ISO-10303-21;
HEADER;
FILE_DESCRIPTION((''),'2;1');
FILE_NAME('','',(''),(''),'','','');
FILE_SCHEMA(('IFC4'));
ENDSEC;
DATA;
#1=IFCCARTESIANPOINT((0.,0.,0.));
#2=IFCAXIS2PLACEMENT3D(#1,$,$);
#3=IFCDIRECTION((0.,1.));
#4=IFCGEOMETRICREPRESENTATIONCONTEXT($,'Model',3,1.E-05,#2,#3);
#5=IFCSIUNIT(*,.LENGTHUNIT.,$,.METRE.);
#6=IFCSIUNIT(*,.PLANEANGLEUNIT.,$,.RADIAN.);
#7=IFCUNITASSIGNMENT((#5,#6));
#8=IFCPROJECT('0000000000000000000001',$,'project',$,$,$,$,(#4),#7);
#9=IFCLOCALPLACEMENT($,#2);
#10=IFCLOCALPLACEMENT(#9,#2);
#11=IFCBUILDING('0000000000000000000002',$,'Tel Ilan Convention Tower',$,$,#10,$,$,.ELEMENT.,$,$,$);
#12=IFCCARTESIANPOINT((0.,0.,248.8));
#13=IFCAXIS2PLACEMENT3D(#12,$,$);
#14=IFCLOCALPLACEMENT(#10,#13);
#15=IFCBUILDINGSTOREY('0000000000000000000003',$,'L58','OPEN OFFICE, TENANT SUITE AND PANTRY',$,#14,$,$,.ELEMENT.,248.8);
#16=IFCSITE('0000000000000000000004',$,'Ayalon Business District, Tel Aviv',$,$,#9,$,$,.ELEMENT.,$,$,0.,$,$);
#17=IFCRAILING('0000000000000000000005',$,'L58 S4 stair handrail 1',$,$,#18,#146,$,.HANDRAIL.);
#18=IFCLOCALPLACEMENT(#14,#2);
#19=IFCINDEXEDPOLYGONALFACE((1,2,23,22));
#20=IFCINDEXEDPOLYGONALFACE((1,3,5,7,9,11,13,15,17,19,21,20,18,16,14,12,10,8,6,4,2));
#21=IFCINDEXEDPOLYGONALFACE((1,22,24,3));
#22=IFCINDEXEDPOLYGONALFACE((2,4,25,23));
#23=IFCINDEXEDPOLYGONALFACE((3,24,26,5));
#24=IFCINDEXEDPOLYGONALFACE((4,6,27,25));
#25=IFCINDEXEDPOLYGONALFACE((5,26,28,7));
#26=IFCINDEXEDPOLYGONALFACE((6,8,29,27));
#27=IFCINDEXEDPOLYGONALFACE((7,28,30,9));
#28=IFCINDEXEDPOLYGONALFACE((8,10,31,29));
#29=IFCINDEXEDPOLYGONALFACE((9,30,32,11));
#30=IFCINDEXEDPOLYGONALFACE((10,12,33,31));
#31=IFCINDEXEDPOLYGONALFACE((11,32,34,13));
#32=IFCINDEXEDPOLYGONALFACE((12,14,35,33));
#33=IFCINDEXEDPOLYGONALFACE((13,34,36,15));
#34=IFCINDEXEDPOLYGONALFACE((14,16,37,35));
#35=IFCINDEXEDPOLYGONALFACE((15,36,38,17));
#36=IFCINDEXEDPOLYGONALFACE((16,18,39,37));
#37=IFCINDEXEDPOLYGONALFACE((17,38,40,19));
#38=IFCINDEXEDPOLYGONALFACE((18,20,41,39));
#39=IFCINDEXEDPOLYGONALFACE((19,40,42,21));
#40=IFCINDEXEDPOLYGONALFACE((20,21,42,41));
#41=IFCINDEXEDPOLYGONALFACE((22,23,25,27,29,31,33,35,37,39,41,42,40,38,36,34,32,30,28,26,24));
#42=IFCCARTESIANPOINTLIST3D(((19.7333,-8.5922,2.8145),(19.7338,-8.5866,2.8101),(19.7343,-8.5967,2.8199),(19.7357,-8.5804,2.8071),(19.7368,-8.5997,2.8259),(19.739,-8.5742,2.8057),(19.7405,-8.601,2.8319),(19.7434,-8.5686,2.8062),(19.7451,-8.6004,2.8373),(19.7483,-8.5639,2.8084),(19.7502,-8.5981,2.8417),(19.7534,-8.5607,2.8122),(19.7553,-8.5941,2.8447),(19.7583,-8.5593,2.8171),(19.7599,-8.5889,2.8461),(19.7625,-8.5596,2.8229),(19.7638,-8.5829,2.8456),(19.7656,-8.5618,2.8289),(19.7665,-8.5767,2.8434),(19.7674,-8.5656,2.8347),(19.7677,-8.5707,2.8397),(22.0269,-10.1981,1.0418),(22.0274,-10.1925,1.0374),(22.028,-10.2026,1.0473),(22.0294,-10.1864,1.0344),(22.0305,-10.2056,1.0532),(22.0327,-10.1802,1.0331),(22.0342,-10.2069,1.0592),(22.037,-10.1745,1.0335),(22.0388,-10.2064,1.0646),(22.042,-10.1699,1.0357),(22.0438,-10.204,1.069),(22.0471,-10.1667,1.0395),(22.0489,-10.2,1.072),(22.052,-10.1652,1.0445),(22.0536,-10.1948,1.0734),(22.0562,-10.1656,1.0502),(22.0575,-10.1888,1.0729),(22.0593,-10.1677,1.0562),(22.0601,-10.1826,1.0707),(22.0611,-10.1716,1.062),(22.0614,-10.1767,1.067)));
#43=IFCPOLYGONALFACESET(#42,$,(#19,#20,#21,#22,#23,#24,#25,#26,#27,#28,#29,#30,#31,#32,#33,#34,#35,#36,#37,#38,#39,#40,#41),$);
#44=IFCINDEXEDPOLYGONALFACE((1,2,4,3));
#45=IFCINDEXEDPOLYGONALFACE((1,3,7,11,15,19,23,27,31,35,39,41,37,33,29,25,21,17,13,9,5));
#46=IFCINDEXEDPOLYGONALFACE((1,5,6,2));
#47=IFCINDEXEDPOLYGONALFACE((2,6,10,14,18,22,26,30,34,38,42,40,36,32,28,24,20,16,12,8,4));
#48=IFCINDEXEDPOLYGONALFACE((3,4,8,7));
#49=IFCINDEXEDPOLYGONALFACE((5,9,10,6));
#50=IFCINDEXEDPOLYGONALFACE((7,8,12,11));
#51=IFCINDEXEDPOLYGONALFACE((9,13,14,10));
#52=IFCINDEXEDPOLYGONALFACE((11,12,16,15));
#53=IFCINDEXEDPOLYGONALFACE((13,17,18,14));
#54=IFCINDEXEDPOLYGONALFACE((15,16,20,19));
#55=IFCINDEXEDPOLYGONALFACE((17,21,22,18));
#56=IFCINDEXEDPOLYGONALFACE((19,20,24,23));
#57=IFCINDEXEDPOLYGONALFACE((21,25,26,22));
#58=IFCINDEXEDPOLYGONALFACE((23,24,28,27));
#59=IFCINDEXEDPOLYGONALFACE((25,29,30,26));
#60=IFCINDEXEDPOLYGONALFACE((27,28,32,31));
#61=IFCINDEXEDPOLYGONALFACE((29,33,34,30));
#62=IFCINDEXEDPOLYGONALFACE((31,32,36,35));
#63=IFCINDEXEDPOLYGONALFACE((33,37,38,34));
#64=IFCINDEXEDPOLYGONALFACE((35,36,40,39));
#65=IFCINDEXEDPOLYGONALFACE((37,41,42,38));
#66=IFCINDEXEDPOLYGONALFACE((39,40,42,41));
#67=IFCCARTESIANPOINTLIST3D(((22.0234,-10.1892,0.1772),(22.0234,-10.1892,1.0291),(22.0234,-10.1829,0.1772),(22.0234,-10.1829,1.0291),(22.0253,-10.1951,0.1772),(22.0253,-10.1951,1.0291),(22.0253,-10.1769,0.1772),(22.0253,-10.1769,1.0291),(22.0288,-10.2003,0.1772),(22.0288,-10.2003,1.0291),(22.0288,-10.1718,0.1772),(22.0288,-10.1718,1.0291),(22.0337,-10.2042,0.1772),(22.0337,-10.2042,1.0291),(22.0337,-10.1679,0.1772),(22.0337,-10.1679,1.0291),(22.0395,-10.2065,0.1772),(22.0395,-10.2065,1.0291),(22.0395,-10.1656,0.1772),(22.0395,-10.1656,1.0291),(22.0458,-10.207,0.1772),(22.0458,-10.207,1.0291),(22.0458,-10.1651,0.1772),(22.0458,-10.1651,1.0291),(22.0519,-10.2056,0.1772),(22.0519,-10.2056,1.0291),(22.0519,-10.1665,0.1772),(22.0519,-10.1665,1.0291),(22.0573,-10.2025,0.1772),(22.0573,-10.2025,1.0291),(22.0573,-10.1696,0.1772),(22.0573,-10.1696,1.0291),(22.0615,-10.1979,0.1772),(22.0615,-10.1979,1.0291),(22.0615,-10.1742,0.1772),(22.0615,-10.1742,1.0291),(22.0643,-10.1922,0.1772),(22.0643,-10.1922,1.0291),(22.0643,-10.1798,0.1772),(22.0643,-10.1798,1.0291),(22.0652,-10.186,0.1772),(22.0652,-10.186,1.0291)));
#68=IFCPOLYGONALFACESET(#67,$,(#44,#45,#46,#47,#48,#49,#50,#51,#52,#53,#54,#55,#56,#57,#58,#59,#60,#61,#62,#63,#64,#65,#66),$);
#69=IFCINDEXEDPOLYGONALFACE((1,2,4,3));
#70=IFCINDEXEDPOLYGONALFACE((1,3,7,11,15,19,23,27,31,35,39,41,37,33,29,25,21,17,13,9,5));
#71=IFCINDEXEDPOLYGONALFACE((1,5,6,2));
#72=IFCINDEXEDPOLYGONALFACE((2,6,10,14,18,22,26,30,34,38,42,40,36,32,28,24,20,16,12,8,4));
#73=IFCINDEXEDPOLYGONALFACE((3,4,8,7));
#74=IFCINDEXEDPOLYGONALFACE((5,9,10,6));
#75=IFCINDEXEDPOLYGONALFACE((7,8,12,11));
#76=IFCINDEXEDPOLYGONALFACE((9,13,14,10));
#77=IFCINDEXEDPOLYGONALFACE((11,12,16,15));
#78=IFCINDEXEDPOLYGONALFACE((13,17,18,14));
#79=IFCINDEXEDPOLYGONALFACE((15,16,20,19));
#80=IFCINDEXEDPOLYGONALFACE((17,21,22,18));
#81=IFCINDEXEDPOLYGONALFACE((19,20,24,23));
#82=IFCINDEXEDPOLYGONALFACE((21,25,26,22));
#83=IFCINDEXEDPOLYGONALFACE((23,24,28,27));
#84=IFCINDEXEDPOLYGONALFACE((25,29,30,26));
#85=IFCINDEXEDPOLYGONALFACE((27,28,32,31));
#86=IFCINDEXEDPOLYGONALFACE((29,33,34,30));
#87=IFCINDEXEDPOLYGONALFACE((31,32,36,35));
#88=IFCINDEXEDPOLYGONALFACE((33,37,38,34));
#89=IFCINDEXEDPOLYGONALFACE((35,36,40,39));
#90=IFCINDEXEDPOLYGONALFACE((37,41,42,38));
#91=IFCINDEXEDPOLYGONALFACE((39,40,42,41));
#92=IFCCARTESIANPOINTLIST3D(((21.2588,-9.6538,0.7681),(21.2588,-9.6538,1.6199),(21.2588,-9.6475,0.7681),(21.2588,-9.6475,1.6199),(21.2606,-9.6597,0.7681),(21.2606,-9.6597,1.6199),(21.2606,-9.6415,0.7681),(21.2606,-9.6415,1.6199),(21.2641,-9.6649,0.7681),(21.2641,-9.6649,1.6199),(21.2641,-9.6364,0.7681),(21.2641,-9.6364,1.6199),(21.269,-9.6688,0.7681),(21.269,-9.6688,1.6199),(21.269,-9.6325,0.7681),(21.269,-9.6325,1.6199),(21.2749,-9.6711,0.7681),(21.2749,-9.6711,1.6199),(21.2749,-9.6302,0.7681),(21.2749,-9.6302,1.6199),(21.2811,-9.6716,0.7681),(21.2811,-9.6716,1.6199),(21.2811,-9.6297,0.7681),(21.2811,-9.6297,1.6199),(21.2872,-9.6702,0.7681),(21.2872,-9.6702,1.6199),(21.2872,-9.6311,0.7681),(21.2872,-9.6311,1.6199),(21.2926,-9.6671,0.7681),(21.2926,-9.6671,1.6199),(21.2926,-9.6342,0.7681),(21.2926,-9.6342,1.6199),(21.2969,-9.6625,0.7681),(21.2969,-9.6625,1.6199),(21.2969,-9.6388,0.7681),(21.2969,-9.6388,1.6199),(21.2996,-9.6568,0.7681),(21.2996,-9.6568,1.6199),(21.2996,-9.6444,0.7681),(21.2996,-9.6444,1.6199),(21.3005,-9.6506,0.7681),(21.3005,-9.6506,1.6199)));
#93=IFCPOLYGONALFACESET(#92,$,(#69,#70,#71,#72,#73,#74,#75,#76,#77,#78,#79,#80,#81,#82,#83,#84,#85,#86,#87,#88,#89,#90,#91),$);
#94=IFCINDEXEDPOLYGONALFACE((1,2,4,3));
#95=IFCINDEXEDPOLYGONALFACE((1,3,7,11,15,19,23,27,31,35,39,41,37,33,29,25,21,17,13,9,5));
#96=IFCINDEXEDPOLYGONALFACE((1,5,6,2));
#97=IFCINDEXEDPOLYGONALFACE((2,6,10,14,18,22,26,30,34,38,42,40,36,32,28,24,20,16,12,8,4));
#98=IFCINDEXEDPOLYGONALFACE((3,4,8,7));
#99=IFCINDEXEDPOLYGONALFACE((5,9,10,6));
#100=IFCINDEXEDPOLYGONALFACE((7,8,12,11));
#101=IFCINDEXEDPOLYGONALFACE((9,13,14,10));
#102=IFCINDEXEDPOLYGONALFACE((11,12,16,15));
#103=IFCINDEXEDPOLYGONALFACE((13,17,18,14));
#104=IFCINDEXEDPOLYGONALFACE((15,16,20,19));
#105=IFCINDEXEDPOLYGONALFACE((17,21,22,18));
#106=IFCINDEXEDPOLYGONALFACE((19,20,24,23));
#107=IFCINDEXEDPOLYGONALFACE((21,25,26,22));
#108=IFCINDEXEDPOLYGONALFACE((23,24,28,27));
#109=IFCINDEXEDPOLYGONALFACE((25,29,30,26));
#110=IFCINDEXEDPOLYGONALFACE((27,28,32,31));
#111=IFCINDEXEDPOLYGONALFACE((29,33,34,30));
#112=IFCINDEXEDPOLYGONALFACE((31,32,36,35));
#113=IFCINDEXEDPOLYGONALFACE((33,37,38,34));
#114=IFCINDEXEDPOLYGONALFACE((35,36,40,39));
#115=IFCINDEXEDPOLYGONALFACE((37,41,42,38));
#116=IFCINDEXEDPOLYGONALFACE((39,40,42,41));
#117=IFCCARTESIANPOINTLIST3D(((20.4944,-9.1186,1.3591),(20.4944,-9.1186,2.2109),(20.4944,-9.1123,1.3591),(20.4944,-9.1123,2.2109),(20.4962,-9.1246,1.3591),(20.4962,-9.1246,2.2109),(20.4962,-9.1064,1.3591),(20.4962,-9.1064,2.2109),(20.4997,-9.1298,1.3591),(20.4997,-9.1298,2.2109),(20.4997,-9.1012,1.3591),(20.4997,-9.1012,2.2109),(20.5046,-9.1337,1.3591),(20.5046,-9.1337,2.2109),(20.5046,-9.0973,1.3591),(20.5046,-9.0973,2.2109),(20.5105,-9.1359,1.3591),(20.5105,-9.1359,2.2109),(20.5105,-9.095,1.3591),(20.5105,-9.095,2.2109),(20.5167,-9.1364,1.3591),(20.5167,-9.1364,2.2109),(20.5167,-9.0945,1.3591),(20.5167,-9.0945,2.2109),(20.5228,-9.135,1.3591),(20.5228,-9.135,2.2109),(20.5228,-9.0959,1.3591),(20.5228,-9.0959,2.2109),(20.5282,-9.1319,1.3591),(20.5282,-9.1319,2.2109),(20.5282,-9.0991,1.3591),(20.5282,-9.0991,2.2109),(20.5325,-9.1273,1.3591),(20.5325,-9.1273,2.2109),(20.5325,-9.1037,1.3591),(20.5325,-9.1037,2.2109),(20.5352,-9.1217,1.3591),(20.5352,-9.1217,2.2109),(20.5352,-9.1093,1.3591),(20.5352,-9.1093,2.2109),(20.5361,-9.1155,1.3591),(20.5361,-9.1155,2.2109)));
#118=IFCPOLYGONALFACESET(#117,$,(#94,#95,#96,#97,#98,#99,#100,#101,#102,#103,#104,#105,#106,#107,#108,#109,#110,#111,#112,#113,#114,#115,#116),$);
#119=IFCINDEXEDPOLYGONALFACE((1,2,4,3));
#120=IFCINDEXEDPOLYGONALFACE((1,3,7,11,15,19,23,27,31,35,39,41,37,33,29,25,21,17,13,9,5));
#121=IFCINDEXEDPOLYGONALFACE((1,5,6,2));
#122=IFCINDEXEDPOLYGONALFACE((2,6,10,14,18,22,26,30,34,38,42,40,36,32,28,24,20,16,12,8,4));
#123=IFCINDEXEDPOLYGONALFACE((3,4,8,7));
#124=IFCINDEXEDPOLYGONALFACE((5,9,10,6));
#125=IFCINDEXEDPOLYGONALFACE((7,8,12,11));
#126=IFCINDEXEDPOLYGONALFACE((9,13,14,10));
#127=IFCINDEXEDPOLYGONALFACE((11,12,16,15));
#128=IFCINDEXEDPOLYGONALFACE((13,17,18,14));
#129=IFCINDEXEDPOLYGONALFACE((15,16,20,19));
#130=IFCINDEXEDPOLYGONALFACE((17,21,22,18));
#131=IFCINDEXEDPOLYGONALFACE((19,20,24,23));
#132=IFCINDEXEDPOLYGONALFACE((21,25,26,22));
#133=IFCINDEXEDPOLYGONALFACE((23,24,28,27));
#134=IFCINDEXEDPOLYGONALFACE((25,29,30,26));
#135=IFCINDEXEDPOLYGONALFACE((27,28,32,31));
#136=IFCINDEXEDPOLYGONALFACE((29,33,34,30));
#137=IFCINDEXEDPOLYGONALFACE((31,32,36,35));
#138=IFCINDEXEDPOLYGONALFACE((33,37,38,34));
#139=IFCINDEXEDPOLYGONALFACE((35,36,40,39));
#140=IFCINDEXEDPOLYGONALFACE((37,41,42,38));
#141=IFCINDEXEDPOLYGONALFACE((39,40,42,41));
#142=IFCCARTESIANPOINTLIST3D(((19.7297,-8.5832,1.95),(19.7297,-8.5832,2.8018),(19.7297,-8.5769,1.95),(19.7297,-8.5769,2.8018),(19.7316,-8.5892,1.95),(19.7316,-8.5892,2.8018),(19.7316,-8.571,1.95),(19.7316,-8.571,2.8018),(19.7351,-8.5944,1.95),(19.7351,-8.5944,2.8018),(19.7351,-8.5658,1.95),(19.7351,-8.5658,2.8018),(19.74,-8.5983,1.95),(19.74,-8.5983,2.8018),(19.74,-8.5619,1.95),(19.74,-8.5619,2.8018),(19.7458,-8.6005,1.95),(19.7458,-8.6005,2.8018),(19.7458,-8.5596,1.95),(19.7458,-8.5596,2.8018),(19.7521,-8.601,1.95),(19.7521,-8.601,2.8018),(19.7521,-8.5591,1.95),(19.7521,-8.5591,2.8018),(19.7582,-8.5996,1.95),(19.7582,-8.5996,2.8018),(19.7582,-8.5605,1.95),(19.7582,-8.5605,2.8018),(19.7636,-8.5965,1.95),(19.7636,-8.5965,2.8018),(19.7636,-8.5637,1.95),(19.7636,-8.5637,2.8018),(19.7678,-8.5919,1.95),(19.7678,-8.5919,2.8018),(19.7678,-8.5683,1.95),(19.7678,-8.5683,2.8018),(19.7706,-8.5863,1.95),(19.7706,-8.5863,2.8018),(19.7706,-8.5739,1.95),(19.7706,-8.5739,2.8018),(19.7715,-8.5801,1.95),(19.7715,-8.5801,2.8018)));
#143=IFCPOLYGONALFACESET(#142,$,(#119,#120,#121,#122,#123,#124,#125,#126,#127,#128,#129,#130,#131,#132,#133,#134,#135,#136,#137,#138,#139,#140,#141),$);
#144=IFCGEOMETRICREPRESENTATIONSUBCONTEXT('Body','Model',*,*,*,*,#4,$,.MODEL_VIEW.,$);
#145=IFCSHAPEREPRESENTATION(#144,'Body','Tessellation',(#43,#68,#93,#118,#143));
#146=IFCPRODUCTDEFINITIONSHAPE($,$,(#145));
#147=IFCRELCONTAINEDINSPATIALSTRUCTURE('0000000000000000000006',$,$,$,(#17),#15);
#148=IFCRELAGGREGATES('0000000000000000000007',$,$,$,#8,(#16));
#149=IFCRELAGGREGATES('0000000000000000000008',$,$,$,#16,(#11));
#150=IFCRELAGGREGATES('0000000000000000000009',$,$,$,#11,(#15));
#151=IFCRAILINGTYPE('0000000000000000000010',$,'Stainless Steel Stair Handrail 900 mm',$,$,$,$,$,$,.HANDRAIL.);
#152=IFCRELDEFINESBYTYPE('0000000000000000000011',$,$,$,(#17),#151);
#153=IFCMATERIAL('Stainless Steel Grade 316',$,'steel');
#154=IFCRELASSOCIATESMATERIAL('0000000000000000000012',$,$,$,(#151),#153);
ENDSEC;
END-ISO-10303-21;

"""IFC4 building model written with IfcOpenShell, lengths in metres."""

from ifc_helpers import new_model, si_unit, direction, frame, origin, origin_2d, place, context, subcontext, project, spatial, circle, extrude, material, type_object, element, save


model = new_model("IFC4")

# Units and contexts
model_context = context("Model", 3, precision=1e-05, world=origin(), true_north=direction((0.0, 1.0)))
body_context = subcontext(model_context, "Body", "Model", "MODEL_VIEW")
ifc_project = project(units=[si_unit("LENGTHUNIT", "METRE"), si_unit("PLANEANGLEUNIT", "RADIAN")], contexts=[model_context])

# Site, building, storey
site_placement = place(None, origin())
site = spatial("IfcSite", under=ifc_project, at=site_placement, Name="Ayalon Business District, Tel Aviv", CompositionType="ELEMENT", RefElevation=0.0)
building_placement = place(site_placement, origin())
building = spatial("IfcBuilding", under=site, at=building_placement, Name="Tel Ilan Convention Tower", CompositionType="ELEMENT")
storey_placement = place(building_placement, frame((0.0, 0.0, 248.8)))
storey = spatial("IfcBuildingStorey", under=building, at=storey_placement, Name="L58", Description="OPEN OFFICE, TENANT SUITE AND PANTRY", CompositionType="ELEMENT", Elevation=248.8)

# Railing
ifc_material_1 = material(Name="Stainless Steel Grade 316", Category="steel")
railing_type_1 = type_object("IfcRailingType", Name="Stainless Steel Stair Handrail 900 mm", PredefinedType="HANDRAIL", material=ifc_material_1)
railing_1_placement = place(storey_placement, frame((22.0442, -10.186, 0.1772)))
element("IfcRailing", 1, at=railing_1_placement, inside=storey, type_object=railing_type_1, Name="L58 S4 stair handrail 1", PredefinedType="HANDRAIL", context=body_context, shape_type="SweptSolid", body=[
    extrude(circle(Radius=0.0239, at=origin_2d()), frame((0.0, 0.0, 0.876), z_axis=(-0.692123, 0.484597, 0.534913), x_axis=(-0.57355, -0.81917, 0.0)), (0.0, 0.0, 1.0), 3.314),
    extrude(circle(Radius=0.021, at=origin_2d()), origin(), (0.0, 0.0, 1.0), 0.8518),
    extrude(circle(Radius=0.021, at=origin_2d()), frame((-0.7646, 0.5354, 0.5908)), (0.0, 0.0, 1.0), 0.8518),
    extrude(circle(Radius=0.021, at=origin_2d()), frame((-1.5291, 1.0706, 1.1819)), (0.0, 0.0, 1.0), 0.8518),
    extrude(circle(Radius=0.021, at=origin_2d()), frame((-2.2937, 1.606, 1.7727)), (0.0, 0.0, 1.0), 0.8518),
])

save(model, "model.ifc")
